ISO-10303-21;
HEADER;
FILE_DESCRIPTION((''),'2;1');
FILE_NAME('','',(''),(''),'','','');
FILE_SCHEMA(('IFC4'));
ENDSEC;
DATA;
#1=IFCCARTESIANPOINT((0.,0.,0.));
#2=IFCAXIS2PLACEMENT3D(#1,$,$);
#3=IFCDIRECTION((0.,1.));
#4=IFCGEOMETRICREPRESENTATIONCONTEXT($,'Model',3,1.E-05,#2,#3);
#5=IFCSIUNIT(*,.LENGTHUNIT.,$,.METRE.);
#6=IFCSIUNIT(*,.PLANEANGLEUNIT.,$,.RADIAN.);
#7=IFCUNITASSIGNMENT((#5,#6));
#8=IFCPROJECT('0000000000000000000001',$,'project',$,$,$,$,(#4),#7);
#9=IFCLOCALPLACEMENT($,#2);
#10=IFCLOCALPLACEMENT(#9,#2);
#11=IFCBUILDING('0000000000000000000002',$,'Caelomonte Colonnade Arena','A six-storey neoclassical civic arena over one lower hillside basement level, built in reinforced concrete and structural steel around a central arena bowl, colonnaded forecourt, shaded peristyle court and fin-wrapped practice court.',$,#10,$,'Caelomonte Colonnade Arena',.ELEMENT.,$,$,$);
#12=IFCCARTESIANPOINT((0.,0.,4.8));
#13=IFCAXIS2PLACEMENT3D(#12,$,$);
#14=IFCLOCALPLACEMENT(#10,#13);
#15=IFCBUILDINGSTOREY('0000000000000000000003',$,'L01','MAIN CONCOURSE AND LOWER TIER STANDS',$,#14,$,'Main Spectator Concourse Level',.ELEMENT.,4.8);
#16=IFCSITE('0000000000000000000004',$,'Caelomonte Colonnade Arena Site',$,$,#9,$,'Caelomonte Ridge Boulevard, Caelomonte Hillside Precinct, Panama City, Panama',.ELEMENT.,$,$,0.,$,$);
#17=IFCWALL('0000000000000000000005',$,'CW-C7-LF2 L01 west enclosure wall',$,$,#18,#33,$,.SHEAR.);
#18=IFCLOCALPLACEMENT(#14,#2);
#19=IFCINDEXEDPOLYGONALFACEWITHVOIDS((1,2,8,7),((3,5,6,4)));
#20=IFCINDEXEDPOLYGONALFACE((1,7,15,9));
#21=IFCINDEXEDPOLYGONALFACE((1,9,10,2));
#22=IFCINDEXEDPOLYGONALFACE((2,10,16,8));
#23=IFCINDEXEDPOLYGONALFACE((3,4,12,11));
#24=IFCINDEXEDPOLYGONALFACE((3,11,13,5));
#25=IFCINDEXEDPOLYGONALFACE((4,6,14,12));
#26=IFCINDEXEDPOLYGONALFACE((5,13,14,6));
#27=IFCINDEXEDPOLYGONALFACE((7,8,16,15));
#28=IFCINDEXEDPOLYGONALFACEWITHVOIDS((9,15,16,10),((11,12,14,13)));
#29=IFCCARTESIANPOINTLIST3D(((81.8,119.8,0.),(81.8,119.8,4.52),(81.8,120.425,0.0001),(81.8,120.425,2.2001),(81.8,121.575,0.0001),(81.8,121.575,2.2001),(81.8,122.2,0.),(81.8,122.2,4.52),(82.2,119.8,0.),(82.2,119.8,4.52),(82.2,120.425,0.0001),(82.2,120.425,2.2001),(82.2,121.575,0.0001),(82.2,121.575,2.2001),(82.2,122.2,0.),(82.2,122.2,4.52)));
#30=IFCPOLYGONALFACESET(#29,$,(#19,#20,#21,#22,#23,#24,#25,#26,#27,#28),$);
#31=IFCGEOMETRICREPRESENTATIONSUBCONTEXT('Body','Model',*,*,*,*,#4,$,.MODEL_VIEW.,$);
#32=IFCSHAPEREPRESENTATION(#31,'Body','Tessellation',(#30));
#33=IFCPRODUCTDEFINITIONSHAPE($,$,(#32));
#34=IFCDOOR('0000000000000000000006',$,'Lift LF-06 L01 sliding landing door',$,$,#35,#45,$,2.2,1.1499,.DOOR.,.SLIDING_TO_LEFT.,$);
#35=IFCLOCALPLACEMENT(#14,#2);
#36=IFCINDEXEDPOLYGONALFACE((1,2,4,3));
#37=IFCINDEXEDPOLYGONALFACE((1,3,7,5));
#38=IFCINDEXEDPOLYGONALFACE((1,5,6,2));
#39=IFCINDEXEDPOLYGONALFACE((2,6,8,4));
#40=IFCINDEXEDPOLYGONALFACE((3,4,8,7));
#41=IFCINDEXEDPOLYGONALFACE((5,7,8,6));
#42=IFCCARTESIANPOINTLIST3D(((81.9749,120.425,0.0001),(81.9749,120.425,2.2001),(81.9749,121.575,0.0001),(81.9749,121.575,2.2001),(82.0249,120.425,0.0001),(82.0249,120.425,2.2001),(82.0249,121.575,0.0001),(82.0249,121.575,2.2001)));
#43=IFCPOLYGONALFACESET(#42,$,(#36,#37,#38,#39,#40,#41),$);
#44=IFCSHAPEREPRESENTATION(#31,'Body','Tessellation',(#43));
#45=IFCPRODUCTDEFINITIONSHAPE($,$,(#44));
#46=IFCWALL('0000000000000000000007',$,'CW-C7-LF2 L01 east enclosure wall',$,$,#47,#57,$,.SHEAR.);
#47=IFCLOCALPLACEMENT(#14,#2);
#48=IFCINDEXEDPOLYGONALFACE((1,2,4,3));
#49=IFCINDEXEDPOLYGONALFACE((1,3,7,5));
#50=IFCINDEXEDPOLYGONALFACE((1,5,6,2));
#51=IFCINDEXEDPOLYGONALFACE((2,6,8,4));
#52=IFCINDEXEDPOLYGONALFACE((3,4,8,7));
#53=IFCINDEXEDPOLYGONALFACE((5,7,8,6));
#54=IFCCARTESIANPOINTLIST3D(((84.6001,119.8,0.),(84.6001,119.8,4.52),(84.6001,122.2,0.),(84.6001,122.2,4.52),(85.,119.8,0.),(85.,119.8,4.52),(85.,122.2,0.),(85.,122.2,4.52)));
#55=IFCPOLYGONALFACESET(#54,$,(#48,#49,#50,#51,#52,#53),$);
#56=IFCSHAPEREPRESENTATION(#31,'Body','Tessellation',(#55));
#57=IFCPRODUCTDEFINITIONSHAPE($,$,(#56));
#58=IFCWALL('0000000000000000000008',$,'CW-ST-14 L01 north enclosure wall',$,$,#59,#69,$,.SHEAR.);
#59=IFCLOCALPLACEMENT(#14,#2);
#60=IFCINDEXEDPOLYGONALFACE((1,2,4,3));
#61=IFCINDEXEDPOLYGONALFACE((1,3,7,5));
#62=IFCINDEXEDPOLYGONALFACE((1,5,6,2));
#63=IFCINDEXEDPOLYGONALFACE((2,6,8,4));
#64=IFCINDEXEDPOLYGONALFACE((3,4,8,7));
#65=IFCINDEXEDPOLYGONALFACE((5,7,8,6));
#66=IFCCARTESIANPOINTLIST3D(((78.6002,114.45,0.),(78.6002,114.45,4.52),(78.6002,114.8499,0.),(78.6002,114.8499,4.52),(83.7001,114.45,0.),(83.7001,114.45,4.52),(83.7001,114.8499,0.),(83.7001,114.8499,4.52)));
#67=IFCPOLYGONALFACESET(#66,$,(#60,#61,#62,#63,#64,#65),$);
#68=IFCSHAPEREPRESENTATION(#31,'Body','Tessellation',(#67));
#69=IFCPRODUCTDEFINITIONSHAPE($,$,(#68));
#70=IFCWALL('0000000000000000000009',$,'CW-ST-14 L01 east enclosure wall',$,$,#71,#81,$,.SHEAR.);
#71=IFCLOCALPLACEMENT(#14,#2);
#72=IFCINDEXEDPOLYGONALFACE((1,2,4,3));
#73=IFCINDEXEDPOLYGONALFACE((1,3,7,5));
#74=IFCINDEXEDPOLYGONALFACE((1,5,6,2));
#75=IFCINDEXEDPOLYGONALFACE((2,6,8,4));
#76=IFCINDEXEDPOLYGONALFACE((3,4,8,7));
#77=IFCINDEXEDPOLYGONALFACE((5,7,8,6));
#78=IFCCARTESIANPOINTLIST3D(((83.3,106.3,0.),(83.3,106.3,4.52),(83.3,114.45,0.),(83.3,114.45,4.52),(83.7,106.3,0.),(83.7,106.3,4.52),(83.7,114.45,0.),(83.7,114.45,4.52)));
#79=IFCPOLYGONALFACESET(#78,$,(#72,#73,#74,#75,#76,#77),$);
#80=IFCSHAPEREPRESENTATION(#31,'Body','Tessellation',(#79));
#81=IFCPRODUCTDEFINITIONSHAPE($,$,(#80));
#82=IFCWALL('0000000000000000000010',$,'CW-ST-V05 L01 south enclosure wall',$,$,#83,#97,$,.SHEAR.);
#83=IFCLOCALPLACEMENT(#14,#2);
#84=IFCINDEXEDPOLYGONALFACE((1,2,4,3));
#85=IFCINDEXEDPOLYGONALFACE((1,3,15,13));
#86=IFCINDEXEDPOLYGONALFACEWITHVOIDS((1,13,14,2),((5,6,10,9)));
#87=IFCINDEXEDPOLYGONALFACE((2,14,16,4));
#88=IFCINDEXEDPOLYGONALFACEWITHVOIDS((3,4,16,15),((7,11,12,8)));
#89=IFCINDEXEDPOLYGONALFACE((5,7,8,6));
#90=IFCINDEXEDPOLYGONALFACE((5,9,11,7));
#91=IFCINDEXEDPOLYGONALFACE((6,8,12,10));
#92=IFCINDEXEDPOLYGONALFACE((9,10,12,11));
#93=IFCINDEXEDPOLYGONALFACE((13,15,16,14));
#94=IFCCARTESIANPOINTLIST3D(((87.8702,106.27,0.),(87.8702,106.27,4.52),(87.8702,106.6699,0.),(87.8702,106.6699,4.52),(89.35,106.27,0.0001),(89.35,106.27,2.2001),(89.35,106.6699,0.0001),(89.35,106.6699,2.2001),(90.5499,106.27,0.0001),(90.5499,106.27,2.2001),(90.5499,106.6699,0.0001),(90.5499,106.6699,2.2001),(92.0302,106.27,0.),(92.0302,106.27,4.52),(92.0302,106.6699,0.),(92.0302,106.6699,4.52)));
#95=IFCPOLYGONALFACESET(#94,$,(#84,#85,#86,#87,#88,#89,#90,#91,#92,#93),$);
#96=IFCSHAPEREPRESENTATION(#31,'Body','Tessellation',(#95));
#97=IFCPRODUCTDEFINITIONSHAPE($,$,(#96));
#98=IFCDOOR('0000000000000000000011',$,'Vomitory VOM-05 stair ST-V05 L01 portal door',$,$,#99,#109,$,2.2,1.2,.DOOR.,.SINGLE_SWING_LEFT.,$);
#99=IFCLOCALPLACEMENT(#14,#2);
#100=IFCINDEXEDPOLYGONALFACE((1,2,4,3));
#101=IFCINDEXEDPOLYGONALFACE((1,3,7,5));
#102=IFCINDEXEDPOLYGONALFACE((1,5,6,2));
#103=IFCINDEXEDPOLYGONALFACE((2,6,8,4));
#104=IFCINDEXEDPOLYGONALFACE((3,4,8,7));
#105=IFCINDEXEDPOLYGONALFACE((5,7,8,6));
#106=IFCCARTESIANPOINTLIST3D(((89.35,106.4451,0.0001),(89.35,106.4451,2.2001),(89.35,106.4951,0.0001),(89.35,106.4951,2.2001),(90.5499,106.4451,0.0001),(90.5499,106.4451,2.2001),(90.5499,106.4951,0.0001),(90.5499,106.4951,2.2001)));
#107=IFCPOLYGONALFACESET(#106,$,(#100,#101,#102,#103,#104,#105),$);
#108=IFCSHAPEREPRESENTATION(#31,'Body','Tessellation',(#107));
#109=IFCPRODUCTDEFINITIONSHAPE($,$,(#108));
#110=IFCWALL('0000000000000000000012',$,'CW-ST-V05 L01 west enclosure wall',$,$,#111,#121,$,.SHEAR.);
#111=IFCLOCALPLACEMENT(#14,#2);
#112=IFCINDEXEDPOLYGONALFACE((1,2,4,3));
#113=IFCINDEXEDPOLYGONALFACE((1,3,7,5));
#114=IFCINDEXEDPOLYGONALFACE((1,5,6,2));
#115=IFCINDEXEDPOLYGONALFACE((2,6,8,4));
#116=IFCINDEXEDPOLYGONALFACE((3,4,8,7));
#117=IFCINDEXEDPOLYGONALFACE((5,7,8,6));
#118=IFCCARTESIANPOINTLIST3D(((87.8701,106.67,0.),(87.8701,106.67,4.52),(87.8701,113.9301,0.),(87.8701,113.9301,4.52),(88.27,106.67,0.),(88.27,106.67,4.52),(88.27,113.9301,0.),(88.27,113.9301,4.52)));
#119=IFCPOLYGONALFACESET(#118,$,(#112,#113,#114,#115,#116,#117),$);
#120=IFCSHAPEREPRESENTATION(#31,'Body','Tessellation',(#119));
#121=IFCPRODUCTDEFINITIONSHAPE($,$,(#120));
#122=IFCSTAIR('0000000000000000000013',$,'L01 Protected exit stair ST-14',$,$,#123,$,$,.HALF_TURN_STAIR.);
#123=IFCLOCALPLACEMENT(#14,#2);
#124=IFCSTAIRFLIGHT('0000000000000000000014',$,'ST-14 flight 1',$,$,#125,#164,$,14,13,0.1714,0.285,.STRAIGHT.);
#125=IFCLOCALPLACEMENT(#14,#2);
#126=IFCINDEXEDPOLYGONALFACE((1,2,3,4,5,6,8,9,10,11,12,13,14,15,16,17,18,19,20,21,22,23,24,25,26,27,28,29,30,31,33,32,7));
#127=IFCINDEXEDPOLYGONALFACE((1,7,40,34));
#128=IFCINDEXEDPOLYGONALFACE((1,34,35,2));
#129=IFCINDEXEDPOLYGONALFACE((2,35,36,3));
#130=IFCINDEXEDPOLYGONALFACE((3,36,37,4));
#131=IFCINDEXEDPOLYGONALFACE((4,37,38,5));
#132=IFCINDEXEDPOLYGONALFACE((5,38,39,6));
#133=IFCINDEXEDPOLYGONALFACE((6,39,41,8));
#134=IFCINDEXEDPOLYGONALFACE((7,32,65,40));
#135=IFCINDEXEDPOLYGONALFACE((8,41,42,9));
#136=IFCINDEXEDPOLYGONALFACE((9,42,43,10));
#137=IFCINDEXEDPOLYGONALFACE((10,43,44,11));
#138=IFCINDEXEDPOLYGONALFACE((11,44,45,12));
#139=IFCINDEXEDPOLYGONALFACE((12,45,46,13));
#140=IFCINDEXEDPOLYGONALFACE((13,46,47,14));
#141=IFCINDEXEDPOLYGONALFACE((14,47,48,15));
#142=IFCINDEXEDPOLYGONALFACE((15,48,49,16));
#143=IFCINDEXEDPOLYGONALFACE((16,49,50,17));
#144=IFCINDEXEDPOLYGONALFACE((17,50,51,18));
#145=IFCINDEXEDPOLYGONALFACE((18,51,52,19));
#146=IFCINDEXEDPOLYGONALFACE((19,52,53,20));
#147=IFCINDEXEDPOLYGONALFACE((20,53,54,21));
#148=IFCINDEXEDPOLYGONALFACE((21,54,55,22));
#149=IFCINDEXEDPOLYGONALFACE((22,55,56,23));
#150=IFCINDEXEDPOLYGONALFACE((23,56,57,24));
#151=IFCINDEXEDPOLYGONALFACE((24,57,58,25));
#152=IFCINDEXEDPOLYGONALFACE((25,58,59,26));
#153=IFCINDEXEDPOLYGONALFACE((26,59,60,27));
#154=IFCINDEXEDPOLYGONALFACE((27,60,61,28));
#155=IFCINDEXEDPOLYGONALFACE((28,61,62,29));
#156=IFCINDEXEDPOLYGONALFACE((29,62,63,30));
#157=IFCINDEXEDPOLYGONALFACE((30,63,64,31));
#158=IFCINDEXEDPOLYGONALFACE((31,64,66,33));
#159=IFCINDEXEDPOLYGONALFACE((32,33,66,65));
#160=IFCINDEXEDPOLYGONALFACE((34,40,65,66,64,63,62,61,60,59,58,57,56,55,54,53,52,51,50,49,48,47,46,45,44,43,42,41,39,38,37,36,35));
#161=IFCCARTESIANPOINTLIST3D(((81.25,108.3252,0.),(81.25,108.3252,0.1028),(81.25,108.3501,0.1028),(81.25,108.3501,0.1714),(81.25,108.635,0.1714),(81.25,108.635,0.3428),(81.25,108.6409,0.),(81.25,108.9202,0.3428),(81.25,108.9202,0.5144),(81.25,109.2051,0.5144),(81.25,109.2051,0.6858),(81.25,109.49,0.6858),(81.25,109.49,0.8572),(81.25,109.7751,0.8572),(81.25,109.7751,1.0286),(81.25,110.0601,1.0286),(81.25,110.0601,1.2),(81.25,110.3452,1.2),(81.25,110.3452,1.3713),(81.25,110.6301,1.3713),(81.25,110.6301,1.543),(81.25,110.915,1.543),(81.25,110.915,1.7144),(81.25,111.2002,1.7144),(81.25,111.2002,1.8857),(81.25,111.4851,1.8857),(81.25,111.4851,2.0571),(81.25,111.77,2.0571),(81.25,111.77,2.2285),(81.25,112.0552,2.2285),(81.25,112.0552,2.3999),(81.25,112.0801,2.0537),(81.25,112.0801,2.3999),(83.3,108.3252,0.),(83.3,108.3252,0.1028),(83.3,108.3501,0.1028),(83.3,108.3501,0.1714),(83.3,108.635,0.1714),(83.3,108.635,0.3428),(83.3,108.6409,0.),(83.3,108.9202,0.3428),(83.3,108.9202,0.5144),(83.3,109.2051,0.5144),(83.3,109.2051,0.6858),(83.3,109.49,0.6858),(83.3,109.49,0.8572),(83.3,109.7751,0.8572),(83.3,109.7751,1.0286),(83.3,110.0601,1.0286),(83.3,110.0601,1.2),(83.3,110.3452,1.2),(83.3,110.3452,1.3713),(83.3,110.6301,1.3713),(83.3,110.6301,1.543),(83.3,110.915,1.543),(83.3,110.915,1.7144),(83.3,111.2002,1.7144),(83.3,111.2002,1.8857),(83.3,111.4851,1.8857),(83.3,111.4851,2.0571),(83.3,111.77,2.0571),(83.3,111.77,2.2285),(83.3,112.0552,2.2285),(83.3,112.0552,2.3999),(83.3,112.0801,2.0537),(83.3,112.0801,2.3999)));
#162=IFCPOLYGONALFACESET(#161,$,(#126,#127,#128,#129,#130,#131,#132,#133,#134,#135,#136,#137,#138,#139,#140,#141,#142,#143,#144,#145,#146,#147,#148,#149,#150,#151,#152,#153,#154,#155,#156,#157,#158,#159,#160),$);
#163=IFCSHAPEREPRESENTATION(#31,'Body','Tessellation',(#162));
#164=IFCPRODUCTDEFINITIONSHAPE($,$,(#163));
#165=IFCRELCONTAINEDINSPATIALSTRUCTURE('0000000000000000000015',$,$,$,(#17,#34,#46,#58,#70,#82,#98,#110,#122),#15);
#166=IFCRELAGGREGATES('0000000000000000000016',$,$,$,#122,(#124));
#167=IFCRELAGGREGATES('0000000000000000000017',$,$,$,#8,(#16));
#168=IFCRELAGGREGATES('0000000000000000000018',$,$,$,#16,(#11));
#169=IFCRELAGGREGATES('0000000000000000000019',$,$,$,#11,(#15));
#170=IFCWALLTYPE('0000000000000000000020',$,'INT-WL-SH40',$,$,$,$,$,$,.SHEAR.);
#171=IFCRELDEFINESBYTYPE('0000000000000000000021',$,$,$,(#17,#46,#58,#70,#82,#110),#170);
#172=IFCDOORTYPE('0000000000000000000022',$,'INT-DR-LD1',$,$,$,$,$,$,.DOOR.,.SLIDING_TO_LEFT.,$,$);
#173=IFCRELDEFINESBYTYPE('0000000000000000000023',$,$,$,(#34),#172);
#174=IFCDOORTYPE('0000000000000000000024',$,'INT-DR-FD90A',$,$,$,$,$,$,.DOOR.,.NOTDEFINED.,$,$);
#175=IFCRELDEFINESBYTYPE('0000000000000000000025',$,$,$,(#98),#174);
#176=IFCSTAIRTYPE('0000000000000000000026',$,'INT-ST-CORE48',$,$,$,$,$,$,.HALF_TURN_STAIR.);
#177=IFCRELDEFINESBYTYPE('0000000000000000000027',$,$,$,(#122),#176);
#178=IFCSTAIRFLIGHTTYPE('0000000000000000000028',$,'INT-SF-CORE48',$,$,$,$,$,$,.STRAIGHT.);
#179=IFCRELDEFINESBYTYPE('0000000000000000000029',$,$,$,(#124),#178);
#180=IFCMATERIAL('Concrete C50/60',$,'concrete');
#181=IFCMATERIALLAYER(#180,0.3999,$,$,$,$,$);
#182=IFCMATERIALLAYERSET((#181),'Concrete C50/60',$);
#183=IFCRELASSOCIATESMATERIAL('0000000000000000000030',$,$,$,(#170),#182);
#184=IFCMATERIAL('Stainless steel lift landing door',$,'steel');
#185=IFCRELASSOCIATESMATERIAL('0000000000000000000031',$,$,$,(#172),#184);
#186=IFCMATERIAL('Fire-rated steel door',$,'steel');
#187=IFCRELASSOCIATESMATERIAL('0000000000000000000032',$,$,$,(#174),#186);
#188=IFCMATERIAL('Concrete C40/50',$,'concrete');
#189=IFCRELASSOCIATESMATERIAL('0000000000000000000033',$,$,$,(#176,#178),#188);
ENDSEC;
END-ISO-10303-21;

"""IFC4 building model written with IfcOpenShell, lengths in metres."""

from ifc_helpers import new_model, si_unit, direction, frame, frame_2d, origin, place, context, subcontext, project, spatial, polyline, rectangle, outline, extrude, material, layer, layer_set, type_object, element, fill, aggregate, save


model = new_model("IFC4")

# Units and contexts
model_context = context("Model", 3, precision=1e-05, world=origin(), true_north=direction((0.0, 1.0)))
body_context = subcontext(model_context, "Body", "Model", "MODEL_VIEW")
ifc_project = project(units=[si_unit("LENGTHUNIT", "METRE"), si_unit("PLANEANGLEUNIT", "RADIAN")], contexts=[model_context])

# Site, building, storey
site_placement = place(None, origin())
site = spatial("IfcSite", under=ifc_project, at=site_placement, Name="Caelomonte Colonnade Arena Site", LongName="Caelomonte Ridge Boulevard, Caelomonte Hillside Precinct, Panama City, Panama", CompositionType="ELEMENT", RefElevation=0.0)
building_placement = place(site_placement, origin())
building = spatial("IfcBuilding", under=site, at=building_placement, Name="Caelomonte Colonnade Arena", Description="A six-storey neoclassical civic arena over one lower hillside basement level, built in reinforced concrete and structural steel around a central arena bowl, colonnaded forecourt, shaded peristyle court and fin-wrapped practice court.", LongName="Caelomonte Colonnade Arena", CompositionType="ELEMENT")
storey_placement = place(building_placement, frame((0.0, 0.0, 4.8)))
storey = spatial("IfcBuildingStorey", under=building, at=storey_placement, Name="L01", Description="MAIN CONCOURSE AND LOWER TIER STANDS", LongName="Main Spectator Concourse Level", CompositionType="ELEMENT", Elevation=4.8)

# Shared definitions
ifc_material_1 = material(Name="Concrete C50/60", Category="concrete")

# Shared definitions
ifc_material_2 = material(Name="Concrete C40/50", Category="concrete")

# Shared definitions
ifc_layer = layer(ifc_material_1, 0.3999)
ifc_layer_set = layer_set([ifc_layer], Name="Concrete C50/60")
wall_type = type_object("IfcWallType", Name="INT-WL-SH40", PredefinedType="SHEAR", material=ifc_layer_set)

# Shared definitions
ifc_material_3 = material(Name="Stainless steel lift landing door", Category="steel")
door_type_1 = type_object("IfcDoorType", Name="INT-DR-LD1", OperationType="SLIDING_TO_LEFT", PredefinedType="DOOR", material=ifc_material_3)

# Wall, opening, door
wall_1_placement = place(storey_placement, frame((82.0, 122.2, 0.0), z_axis=(0.0, 0.0, 1.0), x_axis=(0.0, -1.0, 0.0)))
wall_1 = element("IfcWall", 1, at=wall_1_placement, inside=storey, type_object=wall_type, Name="CW-C7-LF2 L01 west enclosure wall", PredefinedType="SHEAR", context=body_context, shape_type="SweptSolid", body=[
    extrude(rectangle(XDim=2.3999, YDim=0.3999, at=frame_2d((1.2, 0.0))), origin(), (0.0, 0.0, 1.0), 4.52),
])
opening_1_placement = place(wall_1_placement, frame((0.625, 0.0, 0.0), z_axis=(0.0, 0.0, 1.0), x_axis=(1.0, 0.0, 0.0)))
opening_1 = element("IfcOpeningElement", 2, at=opening_1_placement, cuts=wall_1, PredefinedType="OPENING", context=body_context, shape_type="SweptSolid", body=[
    extrude(rectangle(XDim=1.1499, YDim=2.2, at=frame_2d((0.575, 1.1001))), frame((0.0, 0.21, 0.0), z_axis=(0.0, -1.0, 0.0), x_axis=(1.0, 0.0, 0.0)), (0.0, 0.0, 1.0), 0.4199),
])
door_1_placement = place(opening_1_placement, origin())
door_1 = element("IfcDoor", 3, at=door_1_placement, inside=storey, type_object=door_type_1, Name="Lift LF-06 L01 sliding landing door", OperationType="SLIDING_TO_LEFT", OverallHeight=2.2, OverallWidth=1.1499, PredefinedType="DOOR", context=body_context, shape_type="SweptSolid", body=[
    extrude(rectangle(XDim=1.1499, YDim=2.2, at=frame_2d((0.575, 1.1001))), frame((0.0, 0.0249, 0.0), z_axis=(0.0, -1.0, 0.0), x_axis=(1.0, 0.0, 0.0)), (0.0, 0.0, 1.0), 0.05),
])
fill(opening_1, door_1)

# Walls
wall_2_placement = place(storey_placement, frame((84.8, 119.8, 0.0), z_axis=(0.0, 0.0, 1.0), x_axis=(0.0, 1.0, 0.0)))
element("IfcWall", 4, at=wall_2_placement, inside=storey, type_object=wall_type, Name="CW-C7-LF2 L01 east enclosure wall", PredefinedType="SHEAR", context=body_context, shape_type="SweptSolid", body=[
    extrude(rectangle(XDim=2.3999, YDim=0.3999, at=frame_2d((1.2, 0.0))), origin(), (0.0, 0.0, 1.0), 4.52),
])
wall_3_placement = place(storey_placement, frame((83.7, 114.6499, 0.0), z_axis=(0.0, 0.0, 1.0), x_axis=(-1.0, 0.0, 0.0)))
element("IfcWall", 5, at=wall_3_placement, inside=storey, type_object=wall_type, Name="CW-ST-14 L01 north enclosure wall", PredefinedType="SHEAR", context=body_context, shape_type="SweptSolid", body=[
    extrude(rectangle(XDim=5.0999, YDim=0.3999, at=frame_2d((2.5498, 0.0))), origin(), (0.0, 0.0, 1.0), 4.52),
])
wall_4_placement = place(storey_placement, frame((83.5, 106.3, 0.0), z_axis=(0.0, 0.0, 1.0), x_axis=(0.0, 1.0, 0.0)))
element("IfcWall", 6, at=wall_4_placement, inside=storey, type_object=wall_type, Name="CW-ST-14 L01 east enclosure wall", PredefinedType="SHEAR", context=body_context, shape_type="SweptSolid", body=[
    extrude(rectangle(XDim=8.1499, YDim=0.3999, at=frame_2d((4.075, 0.0))), origin(), (0.0, 0.0, 1.0), 4.52),
])

# Wall, opening, door
wall_5_placement = place(storey_placement, frame((87.8701, 106.47, 0.0), z_axis=(0.0, 0.0, 1.0), x_axis=(1.0, 0.0, 0.0)))
wall_5 = element("IfcWall", 7, at=wall_5_placement, inside=storey, type_object=wall_type, Name="CW-ST-V05 L01 south enclosure wall", PredefinedType="SHEAR", context=body_context, shape_type="SweptSolid", body=[
    extrude(rectangle(XDim=4.1599, YDim=0.3999, at=frame_2d((2.0801, 0.0))), origin(), (0.0, 0.0, 1.0), 4.52),
])
opening_2_placement = place(wall_5_placement, frame((2.6799, 0.0, 0.0), z_axis=(0.0, 0.0, 1.0), x_axis=(-1.0, 0.0, 0.0)))
opening_2 = element("IfcOpeningElement", 8, at=opening_2_placement, cuts=wall_5, PredefinedType="OPENING", context=body_context, shape_type="SweptSolid", body=[
    extrude(rectangle(XDim=1.2, YDim=2.2, at=frame_2d((0.6001, 1.1001))), frame((0.0, 0.21, 0.0), z_axis=(0.0, -1.0, 0.0), x_axis=(1.0, 0.0, 0.0)), (0.0, 0.0, 1.0), 0.4199),
])
ifc_material_4 = material(Name="Fire-rated steel door", Category="steel")
door_type_2 = type_object("IfcDoorType", Name="INT-DR-FD90A", OperationType="NOTDEFINED", PredefinedType="DOOR", material=ifc_material_4)
door_2_placement = place(opening_2_placement, origin())
door_2 = element("IfcDoor", 9, at=door_2_placement, inside=storey, type_object=door_type_2, Name="Vomitory VOM-05 stair ST-V05 L01 portal door", OperationType="SINGLE_SWING_LEFT", OverallHeight=2.2, OverallWidth=1.2, PredefinedType="DOOR", context=body_context, shape_type="SweptSolid", body=[
    extrude(rectangle(XDim=1.2, YDim=2.2, at=frame_2d((0.6001, 1.1001))), frame((0.0, 0.0249, 0.0), z_axis=(0.0, -1.0, 0.0), x_axis=(1.0, 0.0, 0.0)), (0.0, 0.0, 1.0), 0.05),
])
fill(opening_2, door_2)

# Wall
wall_6_placement = place(storey_placement, frame((88.0701, 113.9299, 0.0), z_axis=(0.0, 0.0, 1.0), x_axis=(0.0, -1.0, 0.0)))
element("IfcWall", 10, at=wall_6_placement, inside=storey, type_object=wall_type, Name="CW-ST-V05 L01 west enclosure wall", PredefinedType="SHEAR", context=body_context, shape_type="SweptSolid", body=[
    extrude(rectangle(XDim=7.26, YDim=0.3999, at=frame_2d((3.6299, 0.0))), origin(), (0.0, 0.0, 1.0), 4.52),
])

# Stair, stair flight
stair_type = type_object("IfcStairType", Name="INT-ST-CORE48", PredefinedType="HALF_TURN_STAIR", material=ifc_material_2)
stair_placement = place(storey_placement, origin())
stair = element("IfcStair", 11, at=stair_placement, inside=storey, type_object=stair_type, Name="L01 Protected exit stair ST-14", PredefinedType="HALF_TURN_STAIR")
stair_flight_type = type_object("IfcStairFlightType", Name="INT-SF-CORE48", PredefinedType="STRAIGHT", material=ifc_material_2)
stair_flight_placement = place(storey_placement, frame((82.2749, 108.3501, 0.0), z_axis=(0.0, 0.0, 1.0), x_axis=(0.0, 1.0, 0.0)))
stair_flight = element("IfcStairFlight", 12, at=stair_flight_placement, type_object=stair_flight_type, Name="ST-14 flight 1", NumberOfRisers=14, NumberOfTreads=13, PredefinedType="STRAIGHT", RiserHeight=0.1714, TreadLength=0.285, context=body_context, shape_type="SweptSolid", body=[
    extrude(outline(polyline([(-0.0249, 0.0), (-0.0249, 0.1028), (0.0, 0.1028), (0.0, 0.1714), (0.2849, 0.1714), (0.2849, 0.3428), (0.5701, 0.3428), (0.5701, 0.5144), (0.855, 0.5144), (0.855, 0.6858), (1.1399, 0.6858), (1.1399, 0.8572), (1.425, 0.8572), (1.425, 1.0286), (1.71, 1.0286), (1.71, 1.2), (1.9951, 1.2), (1.9951, 1.3713), (2.28, 1.3713), (2.28, 1.543), (2.5649, 1.543), (2.5649, 1.7144), (2.8501, 1.7144), (2.8501, 1.8857), (3.135, 1.8857), (3.135, 2.0571), (3.4199, 2.0571), (3.4199, 2.2285), (3.7051, 2.2285), (3.7051, 2.3999), (3.73, 2.3999), (3.73, 2.0537), (0.2908, 0.0), (-0.0249, 0.0)])), frame((0.0, 1.0249, 0.0), z_axis=(0.0, -1.0, 0.0), x_axis=(1.0, 0.0, 0.0)), (0.0, 0.0, 1.0), 2.05),
])
aggregate(stair, [stair_flight])

save(model, "model.ifc")
